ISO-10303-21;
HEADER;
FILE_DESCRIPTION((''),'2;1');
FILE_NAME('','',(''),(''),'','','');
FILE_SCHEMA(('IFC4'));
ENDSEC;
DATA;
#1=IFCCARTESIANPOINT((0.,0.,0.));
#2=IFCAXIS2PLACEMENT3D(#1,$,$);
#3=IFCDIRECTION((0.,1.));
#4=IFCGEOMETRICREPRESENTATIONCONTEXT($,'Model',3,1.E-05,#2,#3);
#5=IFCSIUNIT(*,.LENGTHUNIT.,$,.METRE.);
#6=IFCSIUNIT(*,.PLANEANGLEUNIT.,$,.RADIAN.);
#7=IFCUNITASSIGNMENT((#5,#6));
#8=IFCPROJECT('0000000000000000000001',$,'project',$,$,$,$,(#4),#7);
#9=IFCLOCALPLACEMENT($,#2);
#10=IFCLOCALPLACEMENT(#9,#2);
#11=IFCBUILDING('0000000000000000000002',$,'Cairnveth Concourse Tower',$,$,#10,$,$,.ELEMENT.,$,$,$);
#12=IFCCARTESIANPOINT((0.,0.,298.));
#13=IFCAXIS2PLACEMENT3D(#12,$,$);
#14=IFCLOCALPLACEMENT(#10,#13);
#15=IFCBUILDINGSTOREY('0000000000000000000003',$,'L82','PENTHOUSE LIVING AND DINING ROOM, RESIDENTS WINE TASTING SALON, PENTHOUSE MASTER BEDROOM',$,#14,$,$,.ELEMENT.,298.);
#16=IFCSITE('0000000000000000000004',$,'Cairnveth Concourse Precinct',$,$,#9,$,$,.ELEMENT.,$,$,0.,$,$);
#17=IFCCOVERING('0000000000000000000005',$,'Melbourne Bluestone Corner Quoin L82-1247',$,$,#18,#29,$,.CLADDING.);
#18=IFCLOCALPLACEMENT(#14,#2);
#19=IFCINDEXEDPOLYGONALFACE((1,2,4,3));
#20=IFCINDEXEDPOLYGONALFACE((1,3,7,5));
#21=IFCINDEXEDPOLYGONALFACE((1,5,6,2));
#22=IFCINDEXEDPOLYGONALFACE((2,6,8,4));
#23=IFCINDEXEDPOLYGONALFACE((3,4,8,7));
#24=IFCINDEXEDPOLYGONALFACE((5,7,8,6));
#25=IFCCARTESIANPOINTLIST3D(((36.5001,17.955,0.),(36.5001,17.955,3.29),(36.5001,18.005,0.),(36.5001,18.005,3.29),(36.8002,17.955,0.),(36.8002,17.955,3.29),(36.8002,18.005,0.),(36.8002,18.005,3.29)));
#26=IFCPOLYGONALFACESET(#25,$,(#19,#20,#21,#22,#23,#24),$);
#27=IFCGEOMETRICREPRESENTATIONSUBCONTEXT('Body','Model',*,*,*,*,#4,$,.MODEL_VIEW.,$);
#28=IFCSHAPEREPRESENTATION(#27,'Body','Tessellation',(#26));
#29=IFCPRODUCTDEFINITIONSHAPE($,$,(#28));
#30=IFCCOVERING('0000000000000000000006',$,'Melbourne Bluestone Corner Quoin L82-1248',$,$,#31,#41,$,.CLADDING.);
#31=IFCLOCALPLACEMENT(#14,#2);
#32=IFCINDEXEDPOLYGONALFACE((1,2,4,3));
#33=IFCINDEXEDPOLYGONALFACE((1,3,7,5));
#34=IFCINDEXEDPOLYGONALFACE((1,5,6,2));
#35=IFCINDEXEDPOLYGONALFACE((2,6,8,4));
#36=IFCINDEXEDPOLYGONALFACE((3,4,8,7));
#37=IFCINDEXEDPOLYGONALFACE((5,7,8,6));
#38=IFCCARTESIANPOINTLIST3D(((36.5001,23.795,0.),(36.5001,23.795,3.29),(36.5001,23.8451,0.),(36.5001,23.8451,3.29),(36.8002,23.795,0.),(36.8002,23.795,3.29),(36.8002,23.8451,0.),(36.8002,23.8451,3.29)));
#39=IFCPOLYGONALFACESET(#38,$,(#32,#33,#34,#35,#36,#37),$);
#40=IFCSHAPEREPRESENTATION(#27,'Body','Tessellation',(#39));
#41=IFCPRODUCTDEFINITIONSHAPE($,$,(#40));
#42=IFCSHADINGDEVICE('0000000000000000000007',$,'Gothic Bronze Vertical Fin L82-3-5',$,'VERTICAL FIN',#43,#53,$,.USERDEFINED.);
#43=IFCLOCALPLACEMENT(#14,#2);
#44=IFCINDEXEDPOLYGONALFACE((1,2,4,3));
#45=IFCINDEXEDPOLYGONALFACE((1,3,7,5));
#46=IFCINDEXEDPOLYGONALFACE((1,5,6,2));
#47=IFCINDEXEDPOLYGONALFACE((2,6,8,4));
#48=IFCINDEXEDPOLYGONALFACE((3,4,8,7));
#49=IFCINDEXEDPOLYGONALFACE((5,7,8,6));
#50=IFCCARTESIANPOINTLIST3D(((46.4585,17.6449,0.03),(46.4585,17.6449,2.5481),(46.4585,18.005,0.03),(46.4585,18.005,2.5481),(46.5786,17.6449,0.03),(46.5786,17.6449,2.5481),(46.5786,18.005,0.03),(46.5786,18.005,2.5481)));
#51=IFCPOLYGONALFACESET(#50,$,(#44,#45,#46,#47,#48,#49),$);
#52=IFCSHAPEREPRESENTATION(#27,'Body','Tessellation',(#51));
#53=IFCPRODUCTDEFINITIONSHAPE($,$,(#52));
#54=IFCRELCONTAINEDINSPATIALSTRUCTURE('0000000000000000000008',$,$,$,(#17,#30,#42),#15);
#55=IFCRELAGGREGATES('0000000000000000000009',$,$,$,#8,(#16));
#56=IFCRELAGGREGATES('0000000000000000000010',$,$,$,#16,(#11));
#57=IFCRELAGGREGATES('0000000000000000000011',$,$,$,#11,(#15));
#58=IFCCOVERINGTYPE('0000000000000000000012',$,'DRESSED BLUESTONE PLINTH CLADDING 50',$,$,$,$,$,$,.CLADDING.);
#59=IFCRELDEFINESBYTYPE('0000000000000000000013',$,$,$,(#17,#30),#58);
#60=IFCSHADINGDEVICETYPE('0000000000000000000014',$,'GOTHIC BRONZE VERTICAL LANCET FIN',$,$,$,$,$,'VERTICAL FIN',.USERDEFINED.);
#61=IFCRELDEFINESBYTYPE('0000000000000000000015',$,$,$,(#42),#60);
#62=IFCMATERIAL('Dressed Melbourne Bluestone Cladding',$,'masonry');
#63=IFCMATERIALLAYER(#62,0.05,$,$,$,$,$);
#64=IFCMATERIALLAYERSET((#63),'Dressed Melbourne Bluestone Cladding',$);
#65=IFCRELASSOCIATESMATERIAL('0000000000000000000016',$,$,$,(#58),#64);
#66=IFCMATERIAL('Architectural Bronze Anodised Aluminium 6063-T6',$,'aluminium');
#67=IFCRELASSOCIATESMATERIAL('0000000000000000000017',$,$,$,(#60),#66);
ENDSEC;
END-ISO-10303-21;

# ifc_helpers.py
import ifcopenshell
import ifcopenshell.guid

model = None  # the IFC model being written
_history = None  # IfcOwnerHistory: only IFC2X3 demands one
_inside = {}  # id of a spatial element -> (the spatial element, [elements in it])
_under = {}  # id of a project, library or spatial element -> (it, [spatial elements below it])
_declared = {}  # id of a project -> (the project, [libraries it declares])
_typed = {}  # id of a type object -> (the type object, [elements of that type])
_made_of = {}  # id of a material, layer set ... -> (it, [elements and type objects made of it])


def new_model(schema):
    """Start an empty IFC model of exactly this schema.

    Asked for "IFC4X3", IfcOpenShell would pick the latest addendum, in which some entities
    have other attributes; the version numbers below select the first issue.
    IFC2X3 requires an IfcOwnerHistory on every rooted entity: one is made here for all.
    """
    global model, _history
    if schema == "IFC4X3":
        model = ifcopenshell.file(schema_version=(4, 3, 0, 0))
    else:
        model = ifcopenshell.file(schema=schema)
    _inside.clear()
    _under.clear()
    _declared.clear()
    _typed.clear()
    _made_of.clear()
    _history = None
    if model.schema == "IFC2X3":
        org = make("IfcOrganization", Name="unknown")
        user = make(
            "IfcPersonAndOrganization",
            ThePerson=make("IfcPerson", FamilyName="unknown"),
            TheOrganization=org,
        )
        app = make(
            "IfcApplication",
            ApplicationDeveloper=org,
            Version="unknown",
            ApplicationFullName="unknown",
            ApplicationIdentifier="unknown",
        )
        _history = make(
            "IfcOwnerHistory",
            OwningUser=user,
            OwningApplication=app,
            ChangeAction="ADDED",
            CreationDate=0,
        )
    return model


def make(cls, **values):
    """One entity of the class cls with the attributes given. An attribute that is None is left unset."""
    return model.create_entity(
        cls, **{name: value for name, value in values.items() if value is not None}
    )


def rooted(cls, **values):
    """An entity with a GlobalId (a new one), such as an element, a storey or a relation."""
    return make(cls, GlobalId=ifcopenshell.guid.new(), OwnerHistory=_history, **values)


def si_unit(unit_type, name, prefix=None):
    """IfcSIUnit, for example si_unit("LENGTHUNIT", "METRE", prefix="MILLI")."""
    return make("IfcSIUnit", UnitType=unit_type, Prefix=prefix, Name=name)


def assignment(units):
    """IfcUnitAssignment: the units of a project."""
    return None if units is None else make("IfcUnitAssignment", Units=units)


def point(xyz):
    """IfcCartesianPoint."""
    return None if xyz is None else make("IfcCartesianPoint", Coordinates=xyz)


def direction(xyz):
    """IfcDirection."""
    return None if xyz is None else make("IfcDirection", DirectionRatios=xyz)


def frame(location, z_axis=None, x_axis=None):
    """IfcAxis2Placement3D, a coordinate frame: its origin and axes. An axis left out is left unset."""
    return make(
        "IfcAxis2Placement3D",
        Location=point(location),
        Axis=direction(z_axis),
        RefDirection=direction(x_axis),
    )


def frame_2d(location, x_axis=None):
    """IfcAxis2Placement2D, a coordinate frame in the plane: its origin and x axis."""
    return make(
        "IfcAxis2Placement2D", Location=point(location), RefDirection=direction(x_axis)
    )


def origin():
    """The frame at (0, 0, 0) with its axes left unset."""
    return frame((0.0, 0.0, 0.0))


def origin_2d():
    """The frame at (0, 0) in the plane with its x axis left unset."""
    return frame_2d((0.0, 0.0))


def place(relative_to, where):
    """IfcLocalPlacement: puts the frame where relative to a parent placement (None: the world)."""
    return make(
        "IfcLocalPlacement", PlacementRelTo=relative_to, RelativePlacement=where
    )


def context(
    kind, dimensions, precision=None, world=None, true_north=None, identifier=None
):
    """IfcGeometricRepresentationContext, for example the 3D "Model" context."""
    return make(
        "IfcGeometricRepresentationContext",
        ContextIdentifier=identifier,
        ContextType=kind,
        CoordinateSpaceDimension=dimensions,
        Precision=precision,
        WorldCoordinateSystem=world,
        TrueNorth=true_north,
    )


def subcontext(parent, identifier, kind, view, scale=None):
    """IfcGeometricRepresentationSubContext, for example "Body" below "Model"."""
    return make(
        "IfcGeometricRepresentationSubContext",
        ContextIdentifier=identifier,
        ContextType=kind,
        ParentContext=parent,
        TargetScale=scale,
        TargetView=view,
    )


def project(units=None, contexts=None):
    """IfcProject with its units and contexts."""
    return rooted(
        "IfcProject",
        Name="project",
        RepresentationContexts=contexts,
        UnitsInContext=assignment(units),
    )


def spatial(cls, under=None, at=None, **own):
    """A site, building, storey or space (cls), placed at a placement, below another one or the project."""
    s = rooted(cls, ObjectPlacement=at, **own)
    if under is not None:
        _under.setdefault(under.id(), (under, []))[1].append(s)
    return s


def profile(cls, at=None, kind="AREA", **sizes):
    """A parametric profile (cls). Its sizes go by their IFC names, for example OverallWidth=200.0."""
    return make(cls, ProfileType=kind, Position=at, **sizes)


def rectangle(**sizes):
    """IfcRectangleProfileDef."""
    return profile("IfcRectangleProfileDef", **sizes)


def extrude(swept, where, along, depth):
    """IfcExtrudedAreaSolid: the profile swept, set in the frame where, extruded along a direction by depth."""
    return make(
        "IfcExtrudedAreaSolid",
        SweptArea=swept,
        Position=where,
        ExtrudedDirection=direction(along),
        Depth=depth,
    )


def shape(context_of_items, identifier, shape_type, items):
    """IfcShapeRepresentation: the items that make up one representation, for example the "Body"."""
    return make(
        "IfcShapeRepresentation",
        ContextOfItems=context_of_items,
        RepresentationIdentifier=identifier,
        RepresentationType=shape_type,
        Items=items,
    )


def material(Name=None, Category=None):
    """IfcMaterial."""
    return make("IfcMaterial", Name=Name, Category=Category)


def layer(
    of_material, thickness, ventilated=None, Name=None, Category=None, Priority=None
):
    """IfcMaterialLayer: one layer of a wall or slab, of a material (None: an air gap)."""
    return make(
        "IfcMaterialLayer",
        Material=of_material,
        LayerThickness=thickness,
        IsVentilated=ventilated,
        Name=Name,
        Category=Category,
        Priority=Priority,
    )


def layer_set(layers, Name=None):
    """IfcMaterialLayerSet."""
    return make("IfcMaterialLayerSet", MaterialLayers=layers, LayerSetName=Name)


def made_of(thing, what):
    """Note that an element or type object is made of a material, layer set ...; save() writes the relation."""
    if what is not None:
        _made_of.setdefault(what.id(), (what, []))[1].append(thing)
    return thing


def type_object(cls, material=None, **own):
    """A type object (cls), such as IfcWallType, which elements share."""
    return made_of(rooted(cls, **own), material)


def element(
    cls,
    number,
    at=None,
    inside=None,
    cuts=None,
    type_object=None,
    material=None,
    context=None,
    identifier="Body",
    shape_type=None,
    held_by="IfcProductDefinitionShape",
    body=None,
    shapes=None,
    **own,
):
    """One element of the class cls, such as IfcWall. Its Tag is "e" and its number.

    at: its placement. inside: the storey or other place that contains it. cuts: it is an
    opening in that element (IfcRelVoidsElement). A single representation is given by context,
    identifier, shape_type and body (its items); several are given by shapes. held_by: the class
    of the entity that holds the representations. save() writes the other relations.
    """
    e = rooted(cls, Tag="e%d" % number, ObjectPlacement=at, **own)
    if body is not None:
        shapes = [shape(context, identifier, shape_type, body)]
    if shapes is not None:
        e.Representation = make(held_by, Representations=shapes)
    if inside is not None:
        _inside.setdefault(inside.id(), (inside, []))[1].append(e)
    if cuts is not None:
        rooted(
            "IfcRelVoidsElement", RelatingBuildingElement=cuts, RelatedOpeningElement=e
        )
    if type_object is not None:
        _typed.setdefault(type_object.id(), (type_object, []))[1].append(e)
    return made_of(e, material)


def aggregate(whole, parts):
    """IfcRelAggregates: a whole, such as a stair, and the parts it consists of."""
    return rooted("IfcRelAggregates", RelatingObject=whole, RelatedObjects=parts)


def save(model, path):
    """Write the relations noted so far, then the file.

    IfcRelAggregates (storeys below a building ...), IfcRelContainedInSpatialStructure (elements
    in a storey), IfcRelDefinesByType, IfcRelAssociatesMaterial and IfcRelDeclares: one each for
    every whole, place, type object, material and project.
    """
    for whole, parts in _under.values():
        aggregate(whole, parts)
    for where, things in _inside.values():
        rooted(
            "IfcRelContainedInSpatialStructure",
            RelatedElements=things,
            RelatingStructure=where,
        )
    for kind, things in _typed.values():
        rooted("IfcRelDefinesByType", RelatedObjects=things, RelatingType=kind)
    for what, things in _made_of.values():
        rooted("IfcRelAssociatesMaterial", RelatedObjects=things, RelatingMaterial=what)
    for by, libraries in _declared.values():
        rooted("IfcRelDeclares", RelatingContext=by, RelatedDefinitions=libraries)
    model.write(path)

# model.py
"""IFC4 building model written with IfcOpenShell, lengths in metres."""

from ifc_helpers import new_model, si_unit, direction, frame, frame_2d, origin, origin_2d, place, context, subcontext, project, spatial, rectangle, extrude, material, layer, layer_set, type_object, element, save


model = new_model("IFC4")

# Units and contexts
model_context = context("Model", 3, precision=1e-05, world=origin(), true_north=direction((0.0, 1.0)))
body_context = subcontext(model_context, "Body", "Model", "MODEL_VIEW")
ifc_project = project(units=[si_unit("LENGTHUNIT", "METRE"), si_unit("PLANEANGLEUNIT", "RADIAN")], contexts=[model_context])

# Site, building, storey
site_placement = place(None, origin())
site = spatial("IfcSite", under=ifc_project, at=site_placement, Name="Cairnveth Concourse Precinct", CompositionType="ELEMENT", RefElevation=0.0)
building_placement = place(site_placement, origin())
building = spatial("IfcBuilding", under=site, at=building_placement, Name="Cairnveth Concourse Tower", CompositionType="ELEMENT")
storey_placement = place(building_placement, frame((0.0, 0.0, 298.0)))
storey = spatial("IfcBuildingStorey", under=building, at=storey_placement, Name="L82", Description="PENTHOUSE LIVING AND DINING ROOM, RESIDENTS WINE TASTING SALON, PENTHOUSE MASTER BEDROOM", CompositionType="ELEMENT", Elevation=298.0)

# Coverings
ifc_material_1 = material(Name="Dressed Melbourne Bluestone Cladding", Category="masonry")
ifc_layer_1 = layer(ifc_material_1, 0.05)
ifc_layer_set_1 = layer_set([ifc_layer_1], Name="Dressed Melbourne Bluestone Cladding")
covering_type = type_object("IfcCoveringType", Name="DRESSED BLUESTONE PLINTH CLADDING 50", PredefinedType="CLADDING", material=ifc_layer_set_1)
for number, where, z_axis, x_axis, name in (
    (1, (36.8, 17.98, 0.0), (0.0, 0.0, 1.0), (-1.0, 0.0, 0.0), "Melbourne Bluestone Corner Quoin L82-1247"),
    (2, (36.8, 23.8201, 0.0), (0.0, 0.0, 1.0), (-1.0, 0.0, 0.0), "Melbourne Bluestone Corner Quoin L82-1248"),
):
    element("IfcCovering", number, at=place(storey_placement, frame(where, z_axis=z_axis, x_axis=x_axis)), inside=storey, type_object=covering_type, Name=name, PredefinedType="CLADDING", context=body_context, shape_type="SweptSolid", body=[
        extrude(rectangle(XDim=0.3, YDim=0.05, at=frame_2d((0.1499, 0.0))), origin(), (0.0, 0.0, 1.0), 3.29),
    ])

# Shading device
ifc_material_2 = material(Name="Architectural Bronze Anodised Aluminium 6063-T6", Category="aluminium")
shading_device_type = type_object("IfcShadingDeviceType", Name="GOTHIC BRONZE VERTICAL LANCET FIN", ElementType="VERTICAL FIN", PredefinedType="USERDEFINED", material=ifc_material_2)
shading_device_placement = place(storey_placement, frame((46.5186, 17.825, 0.03), z_axis=(0.0, 0.0, 1.0), x_axis=(1.0, 0.0, 0.0)))
element("IfcShadingDevice", 3, at=shading_device_placement, inside=storey, type_object=shading_device_type, Name="Gothic Bronze Vertical Fin L82-3-5", ObjectType="VERTICAL FIN", PredefinedType="USERDEFINED", context=body_context, shape_type="SweptSolid", body=[
    extrude(rectangle(XDim=0.1201, YDim=0.3601, at=origin_2d()), origin(), (0.0, 0.0, 1.0), 2.5181),
])

save(model, "model.ifc")
